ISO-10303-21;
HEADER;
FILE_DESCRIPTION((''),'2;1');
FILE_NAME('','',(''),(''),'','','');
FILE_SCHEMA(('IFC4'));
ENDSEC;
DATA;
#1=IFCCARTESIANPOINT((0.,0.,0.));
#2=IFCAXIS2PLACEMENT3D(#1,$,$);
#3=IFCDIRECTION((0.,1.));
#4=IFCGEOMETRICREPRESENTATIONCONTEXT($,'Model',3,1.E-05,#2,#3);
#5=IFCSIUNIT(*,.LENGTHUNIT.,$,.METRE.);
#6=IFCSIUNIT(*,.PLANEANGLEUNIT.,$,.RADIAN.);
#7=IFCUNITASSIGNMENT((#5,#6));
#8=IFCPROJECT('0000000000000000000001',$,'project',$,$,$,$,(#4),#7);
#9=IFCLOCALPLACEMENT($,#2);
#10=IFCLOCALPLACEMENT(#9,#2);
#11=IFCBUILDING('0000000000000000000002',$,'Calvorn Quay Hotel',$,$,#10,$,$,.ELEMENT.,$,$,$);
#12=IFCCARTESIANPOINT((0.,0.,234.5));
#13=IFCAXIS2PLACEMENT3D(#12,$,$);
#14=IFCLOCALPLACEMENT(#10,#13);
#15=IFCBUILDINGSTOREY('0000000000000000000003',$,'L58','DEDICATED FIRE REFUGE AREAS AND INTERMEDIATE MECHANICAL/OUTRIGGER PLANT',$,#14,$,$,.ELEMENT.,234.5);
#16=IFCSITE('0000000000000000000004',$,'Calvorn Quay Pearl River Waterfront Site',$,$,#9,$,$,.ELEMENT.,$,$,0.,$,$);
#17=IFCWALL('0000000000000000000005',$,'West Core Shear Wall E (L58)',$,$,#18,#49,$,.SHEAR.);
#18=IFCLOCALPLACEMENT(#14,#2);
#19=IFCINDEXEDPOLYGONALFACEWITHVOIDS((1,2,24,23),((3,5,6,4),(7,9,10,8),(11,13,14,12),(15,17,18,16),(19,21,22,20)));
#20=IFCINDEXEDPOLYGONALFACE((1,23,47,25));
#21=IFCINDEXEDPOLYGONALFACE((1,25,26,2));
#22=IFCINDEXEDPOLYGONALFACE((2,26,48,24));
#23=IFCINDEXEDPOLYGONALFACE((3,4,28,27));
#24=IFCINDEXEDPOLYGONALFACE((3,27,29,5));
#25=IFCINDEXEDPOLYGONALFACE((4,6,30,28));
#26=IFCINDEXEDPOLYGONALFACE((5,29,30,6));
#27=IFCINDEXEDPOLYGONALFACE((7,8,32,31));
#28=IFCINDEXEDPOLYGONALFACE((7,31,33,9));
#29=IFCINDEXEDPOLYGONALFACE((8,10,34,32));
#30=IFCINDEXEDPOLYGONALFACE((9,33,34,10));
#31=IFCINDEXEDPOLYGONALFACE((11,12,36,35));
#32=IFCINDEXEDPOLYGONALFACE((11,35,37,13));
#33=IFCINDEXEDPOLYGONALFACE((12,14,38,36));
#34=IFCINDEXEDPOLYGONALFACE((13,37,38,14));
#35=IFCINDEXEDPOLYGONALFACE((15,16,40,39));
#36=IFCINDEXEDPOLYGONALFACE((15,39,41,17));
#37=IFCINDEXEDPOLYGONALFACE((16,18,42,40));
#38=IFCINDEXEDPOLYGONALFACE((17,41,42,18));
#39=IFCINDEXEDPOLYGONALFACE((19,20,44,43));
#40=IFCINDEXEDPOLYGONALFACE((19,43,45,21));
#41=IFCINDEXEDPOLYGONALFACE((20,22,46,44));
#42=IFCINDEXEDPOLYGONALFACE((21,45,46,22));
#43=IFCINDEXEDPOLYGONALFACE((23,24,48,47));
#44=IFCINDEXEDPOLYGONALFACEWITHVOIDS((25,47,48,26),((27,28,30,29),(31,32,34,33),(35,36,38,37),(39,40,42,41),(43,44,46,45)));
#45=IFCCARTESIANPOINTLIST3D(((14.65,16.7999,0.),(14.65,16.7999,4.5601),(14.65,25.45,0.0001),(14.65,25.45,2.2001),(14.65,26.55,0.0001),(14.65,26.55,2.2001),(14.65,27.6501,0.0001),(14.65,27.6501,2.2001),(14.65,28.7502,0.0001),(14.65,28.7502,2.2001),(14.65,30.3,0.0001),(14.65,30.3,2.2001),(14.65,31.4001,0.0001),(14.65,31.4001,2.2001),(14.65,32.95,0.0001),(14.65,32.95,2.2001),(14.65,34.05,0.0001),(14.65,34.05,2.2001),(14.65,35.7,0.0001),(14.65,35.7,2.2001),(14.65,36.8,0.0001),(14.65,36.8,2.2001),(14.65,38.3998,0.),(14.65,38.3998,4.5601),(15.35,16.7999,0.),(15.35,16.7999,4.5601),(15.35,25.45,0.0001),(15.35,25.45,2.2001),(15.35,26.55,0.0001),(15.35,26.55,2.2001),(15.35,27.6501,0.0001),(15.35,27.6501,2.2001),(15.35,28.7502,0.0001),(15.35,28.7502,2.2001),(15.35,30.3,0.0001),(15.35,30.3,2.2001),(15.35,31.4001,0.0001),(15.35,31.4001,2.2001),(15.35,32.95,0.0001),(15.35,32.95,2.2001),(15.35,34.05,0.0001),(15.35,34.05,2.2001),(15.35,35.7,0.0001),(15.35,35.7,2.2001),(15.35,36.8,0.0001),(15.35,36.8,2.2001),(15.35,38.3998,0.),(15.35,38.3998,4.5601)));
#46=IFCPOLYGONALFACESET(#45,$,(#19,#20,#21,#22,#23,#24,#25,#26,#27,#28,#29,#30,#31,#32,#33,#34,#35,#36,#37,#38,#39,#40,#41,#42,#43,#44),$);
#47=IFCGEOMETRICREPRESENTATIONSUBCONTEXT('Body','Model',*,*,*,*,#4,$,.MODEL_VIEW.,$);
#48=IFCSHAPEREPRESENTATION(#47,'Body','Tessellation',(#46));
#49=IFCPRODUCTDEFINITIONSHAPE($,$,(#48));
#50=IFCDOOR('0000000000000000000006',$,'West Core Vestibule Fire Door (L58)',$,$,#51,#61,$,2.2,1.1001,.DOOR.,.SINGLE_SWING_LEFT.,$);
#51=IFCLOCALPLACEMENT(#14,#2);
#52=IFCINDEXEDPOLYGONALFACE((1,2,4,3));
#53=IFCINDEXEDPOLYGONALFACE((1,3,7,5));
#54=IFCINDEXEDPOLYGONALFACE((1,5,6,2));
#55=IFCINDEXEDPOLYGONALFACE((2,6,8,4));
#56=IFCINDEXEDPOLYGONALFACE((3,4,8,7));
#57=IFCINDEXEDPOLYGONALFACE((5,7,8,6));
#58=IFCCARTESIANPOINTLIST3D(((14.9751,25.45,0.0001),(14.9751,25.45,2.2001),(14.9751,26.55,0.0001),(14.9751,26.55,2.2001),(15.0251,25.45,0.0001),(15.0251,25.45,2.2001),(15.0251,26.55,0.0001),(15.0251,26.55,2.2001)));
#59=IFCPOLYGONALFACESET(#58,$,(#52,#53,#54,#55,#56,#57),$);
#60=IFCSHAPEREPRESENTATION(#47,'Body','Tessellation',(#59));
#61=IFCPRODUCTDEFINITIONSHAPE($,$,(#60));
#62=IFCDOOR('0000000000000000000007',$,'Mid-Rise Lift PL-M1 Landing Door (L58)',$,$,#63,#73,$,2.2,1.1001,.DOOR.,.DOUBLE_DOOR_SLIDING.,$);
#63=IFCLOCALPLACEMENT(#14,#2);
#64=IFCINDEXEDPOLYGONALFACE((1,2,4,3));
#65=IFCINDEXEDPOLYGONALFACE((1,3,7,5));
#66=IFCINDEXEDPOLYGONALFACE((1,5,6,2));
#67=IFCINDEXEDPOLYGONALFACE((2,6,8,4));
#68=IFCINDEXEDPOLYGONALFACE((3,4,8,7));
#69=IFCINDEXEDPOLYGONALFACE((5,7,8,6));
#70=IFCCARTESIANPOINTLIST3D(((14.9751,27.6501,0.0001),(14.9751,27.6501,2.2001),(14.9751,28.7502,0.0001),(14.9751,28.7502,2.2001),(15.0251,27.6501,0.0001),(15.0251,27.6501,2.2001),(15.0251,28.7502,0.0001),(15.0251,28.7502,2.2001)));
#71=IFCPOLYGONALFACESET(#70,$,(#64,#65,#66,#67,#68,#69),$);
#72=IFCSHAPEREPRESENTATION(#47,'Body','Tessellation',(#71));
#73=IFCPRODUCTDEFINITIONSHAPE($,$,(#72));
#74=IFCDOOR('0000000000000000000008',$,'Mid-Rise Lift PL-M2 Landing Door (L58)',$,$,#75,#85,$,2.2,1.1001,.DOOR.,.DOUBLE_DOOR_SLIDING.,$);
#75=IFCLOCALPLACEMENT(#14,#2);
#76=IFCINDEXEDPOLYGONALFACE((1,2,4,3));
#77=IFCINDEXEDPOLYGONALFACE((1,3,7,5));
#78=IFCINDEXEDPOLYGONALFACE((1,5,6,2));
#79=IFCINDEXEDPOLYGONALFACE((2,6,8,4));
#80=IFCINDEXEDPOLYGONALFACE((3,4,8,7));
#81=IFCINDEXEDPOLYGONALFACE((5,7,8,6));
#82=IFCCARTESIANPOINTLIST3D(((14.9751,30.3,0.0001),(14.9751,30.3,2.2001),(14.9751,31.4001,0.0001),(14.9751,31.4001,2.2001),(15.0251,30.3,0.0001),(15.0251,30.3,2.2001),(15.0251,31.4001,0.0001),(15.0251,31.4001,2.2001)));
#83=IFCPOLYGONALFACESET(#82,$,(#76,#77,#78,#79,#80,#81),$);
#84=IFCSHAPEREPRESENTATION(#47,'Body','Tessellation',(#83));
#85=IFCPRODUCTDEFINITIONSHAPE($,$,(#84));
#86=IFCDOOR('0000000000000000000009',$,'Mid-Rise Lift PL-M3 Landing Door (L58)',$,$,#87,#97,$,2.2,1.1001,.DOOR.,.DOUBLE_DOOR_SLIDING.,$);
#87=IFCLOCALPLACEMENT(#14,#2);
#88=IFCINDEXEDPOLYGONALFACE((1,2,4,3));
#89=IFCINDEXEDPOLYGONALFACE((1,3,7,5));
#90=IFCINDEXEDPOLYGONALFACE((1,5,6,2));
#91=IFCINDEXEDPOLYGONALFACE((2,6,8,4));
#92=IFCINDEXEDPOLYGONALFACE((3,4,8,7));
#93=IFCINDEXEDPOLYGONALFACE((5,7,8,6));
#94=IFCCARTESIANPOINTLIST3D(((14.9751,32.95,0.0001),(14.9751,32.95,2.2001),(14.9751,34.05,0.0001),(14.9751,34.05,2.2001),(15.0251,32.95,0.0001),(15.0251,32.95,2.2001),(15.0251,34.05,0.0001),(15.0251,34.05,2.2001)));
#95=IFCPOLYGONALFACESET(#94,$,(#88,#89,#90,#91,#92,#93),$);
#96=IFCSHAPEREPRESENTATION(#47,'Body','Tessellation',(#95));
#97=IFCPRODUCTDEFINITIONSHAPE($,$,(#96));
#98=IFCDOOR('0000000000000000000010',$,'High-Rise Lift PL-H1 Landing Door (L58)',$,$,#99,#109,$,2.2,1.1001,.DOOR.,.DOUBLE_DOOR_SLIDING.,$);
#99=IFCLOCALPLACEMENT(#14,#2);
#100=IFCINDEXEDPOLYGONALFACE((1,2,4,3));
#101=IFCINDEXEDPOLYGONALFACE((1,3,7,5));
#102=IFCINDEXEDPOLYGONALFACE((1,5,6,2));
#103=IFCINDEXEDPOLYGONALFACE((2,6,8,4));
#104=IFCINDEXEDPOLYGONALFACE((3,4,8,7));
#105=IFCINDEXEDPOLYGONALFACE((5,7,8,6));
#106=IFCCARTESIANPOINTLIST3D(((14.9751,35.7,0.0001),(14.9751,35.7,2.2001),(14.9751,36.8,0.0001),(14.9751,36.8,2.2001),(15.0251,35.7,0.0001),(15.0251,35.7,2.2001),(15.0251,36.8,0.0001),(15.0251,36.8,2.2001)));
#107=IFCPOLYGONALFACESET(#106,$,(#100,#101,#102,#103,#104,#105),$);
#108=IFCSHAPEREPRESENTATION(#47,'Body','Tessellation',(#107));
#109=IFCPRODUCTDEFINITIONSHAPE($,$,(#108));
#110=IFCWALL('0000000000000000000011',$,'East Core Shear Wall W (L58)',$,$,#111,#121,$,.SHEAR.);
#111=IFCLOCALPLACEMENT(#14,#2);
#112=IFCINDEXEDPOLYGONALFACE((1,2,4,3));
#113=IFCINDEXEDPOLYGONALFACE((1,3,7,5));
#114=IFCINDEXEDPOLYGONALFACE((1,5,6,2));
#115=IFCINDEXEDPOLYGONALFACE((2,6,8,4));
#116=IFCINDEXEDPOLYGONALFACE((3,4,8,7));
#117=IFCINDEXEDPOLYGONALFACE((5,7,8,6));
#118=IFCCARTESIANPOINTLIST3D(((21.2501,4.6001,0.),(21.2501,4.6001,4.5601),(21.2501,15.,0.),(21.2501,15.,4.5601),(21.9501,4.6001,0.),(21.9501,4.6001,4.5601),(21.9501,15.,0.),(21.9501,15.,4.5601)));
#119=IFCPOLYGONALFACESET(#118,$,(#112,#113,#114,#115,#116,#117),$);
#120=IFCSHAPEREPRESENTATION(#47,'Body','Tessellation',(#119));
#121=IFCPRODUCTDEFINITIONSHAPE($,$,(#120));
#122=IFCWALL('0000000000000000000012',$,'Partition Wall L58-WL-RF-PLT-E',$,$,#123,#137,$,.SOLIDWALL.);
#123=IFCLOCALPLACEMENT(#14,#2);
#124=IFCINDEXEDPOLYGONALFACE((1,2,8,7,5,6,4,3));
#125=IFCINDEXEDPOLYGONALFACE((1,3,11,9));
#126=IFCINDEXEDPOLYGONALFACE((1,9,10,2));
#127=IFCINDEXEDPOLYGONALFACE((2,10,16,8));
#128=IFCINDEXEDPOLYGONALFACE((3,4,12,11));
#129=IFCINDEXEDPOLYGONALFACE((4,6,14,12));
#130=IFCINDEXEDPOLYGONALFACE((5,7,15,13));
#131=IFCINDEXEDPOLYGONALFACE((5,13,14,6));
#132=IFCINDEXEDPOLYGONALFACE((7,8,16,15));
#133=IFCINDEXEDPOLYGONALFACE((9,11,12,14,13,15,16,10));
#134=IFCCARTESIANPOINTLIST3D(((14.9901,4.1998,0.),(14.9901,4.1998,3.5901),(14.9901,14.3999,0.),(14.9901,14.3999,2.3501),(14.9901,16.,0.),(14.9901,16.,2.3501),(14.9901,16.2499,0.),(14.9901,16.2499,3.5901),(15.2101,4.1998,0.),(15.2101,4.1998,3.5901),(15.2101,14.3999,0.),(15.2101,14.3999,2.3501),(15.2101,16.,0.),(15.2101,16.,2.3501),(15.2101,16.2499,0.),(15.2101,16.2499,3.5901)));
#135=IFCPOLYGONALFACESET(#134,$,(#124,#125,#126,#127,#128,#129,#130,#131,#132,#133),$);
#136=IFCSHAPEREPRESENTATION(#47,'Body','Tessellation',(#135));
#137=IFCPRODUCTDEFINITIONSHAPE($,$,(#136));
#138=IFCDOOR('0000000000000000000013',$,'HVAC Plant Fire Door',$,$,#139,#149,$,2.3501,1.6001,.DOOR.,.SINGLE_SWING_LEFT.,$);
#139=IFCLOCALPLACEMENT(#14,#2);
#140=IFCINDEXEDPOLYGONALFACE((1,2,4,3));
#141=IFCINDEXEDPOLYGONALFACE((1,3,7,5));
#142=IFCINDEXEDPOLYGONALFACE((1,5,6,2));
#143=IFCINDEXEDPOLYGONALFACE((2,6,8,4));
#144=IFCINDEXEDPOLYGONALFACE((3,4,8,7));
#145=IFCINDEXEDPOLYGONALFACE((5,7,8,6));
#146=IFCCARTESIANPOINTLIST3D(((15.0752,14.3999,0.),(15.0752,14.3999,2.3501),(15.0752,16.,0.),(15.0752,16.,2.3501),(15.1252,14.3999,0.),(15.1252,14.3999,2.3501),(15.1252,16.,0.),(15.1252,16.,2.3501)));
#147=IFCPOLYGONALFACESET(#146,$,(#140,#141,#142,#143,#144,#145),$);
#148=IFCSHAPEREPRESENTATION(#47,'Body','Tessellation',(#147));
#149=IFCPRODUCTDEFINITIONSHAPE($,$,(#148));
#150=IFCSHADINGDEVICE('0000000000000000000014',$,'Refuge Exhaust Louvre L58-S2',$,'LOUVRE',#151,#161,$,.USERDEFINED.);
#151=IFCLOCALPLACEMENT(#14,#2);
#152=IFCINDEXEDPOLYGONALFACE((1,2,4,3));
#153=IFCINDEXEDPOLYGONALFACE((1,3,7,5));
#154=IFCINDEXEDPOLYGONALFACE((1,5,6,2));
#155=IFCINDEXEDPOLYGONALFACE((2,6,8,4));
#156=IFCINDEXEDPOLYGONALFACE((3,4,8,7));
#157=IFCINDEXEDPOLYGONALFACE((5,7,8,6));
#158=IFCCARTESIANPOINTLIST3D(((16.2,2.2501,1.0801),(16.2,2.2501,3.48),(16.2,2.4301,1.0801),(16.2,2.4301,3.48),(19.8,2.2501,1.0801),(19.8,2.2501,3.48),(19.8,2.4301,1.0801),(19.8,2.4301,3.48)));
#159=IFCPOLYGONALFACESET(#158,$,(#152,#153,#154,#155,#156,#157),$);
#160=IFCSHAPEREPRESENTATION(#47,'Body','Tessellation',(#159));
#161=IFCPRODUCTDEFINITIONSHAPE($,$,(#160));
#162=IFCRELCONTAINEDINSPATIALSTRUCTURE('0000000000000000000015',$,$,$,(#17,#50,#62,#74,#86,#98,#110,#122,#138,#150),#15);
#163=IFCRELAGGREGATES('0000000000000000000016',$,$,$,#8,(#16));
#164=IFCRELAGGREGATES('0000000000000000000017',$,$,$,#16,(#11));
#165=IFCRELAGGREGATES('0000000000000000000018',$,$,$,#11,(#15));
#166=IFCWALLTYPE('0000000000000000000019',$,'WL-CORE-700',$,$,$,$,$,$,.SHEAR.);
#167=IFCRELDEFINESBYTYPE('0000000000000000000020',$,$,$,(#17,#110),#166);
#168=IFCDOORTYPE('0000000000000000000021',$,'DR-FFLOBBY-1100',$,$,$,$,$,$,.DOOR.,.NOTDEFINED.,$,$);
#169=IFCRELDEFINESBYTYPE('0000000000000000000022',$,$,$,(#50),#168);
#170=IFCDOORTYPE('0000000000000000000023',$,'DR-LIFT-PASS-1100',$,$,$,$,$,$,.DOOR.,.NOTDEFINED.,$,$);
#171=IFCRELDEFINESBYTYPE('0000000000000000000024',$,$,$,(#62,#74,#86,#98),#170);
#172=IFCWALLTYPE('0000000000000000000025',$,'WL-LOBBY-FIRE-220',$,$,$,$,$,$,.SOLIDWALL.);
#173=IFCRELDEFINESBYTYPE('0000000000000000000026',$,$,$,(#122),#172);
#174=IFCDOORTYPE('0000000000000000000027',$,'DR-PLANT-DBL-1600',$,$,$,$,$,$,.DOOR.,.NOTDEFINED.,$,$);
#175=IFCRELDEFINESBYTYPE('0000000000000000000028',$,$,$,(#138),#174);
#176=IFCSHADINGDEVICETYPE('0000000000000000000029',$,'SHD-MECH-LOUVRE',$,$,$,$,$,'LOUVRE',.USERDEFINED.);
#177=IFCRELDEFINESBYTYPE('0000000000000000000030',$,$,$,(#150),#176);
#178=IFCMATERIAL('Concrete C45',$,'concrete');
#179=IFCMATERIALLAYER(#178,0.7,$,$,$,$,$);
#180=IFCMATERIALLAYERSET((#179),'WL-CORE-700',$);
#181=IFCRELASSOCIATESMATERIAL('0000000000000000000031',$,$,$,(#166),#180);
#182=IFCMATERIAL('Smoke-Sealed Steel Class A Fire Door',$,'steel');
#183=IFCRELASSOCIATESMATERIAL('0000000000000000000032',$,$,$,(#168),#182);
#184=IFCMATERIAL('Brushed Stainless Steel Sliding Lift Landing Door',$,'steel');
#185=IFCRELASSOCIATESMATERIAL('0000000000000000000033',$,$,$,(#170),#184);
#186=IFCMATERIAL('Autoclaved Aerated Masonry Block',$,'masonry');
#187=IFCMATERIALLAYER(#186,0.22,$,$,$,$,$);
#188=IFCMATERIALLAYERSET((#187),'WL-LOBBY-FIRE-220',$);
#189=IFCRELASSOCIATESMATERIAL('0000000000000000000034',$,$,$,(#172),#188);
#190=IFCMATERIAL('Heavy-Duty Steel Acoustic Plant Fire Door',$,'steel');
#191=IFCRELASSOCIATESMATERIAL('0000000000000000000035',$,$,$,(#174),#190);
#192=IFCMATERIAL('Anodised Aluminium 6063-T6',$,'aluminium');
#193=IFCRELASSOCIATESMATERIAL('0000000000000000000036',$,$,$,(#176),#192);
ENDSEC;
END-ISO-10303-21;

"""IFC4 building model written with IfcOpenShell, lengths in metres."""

from ifc_helpers import new_model, si_unit, direction, frame, frame_2d, origin, origin_2d, place, context, subcontext, project, spatial, rectangle, extrude, material, layer, layer_set, type_object, element, fill, save


model = new_model("IFC4")

# Units and contexts
model_context = context("Model", 3, precision=1e-05, world=origin(), true_north=direction((0.0, 1.0)))
body_context = subcontext(model_context, "Body", "Model", "MODEL_VIEW")
ifc_project = project(units=[si_unit("LENGTHUNIT", "METRE"), si_unit("PLANEANGLEUNIT", "RADIAN")], contexts=[model_context])

# Site, building, storey
site_placement = place(None, origin())
site = spatial("IfcSite", under=ifc_project, at=site_placement, Name="Calvorn Quay Pearl River Waterfront Site", CompositionType="ELEMENT", RefElevation=0.0)
building_placement = place(site_placement, origin())
building = spatial("IfcBuilding", under=site, at=building_placement, Name="Calvorn Quay Hotel", CompositionType="ELEMENT")
storey_placement = place(building_placement, frame((0.0, 0.0, 234.5)))
storey = spatial("IfcBuildingStorey", under=building, at=storey_placement, Name="L58", Description="DEDICATED FIRE REFUGE AREAS AND INTERMEDIATE MECHANICAL/OUTRIGGER PLANT", CompositionType="ELEMENT", Elevation=234.5)

# Wall, openings, doors
ifc_material_1 = material(Name="Concrete C45", Category="concrete")
ifc_layer_1 = layer(ifc_material_1, 0.7)
ifc_layer_set_1 = layer_set([ifc_layer_1], Name="WL-CORE-700")
wall_type_1 = type_object("IfcWallType", Name="WL-CORE-700", PredefinedType="SHEAR", material=ifc_layer_set_1)
wall_1_placement = place(storey_placement, frame((15.0, 16.8, 0.0), z_axis=(0.0, 0.0, 1.0), x_axis=(0.0, 1.0, 0.0)))
wall_1 = element("IfcWall", 1, at=wall_1_placement, inside=storey, type_object=wall_type_1, Name="West Core Shear Wall E (L58)", PredefinedType="SHEAR", context=body_context, shape_type="SweptSolid", body=[
    extrude(rectangle(XDim=21.5999, YDim=0.7, at=frame_2d((10.7998, 0.0))), origin(), (0.0, 0.0, 1.0), 4.5601),
])
opening_1_placement = place(wall_1_placement, frame((8.6499, 0.0, 0.0)))
opening_1 = element("IfcOpeningElement", 2, at=opening_1_placement, cuts=wall_1, PredefinedType="OPENING", context=body_context, shape_type="SweptSolid", body=[
    extrude(rectangle(XDim=1.1001, YDim=2.2, at=frame_2d((0.55, 1.1001))), frame((0.0, 0.3599, 0.0), z_axis=(0.0, -1.0, 0.0), x_axis=(1.0, 0.0, 0.0)), (0.0, 0.0, 1.0), 0.72),
])
opening_2_placement = place(wall_1_placement, frame((10.8501, 0.0, 0.0)))
opening_2 = element("IfcOpeningElement", 3, at=opening_2_placement, cuts=wall_1, PredefinedType="OPENING", context=body_context, shape_type="SweptSolid", body=[
    extrude(rectangle(XDim=1.1001, YDim=2.2, at=frame_2d((0.55, 1.1001))), frame((0.0, 0.3599, 0.0), z_axis=(0.0, -1.0, 0.0), x_axis=(1.0, 0.0, 0.0)), (0.0, 0.0, 1.0), 0.72),
])
opening_3_placement = place(wall_1_placement, frame((13.5, 0.0, 0.0)))
opening_3 = element("IfcOpeningElement", 4, at=opening_3_placement, cuts=wall_1, PredefinedType="OPENING", context=body_context, shape_type="SweptSolid", body=[
    extrude(rectangle(XDim=1.1001, YDim=2.2, at=frame_2d((0.55, 1.1001))), frame((0.0, 0.3599, 0.0), z_axis=(0.0, -1.0, 0.0), x_axis=(1.0, 0.0, 0.0)), (0.0, 0.0, 1.0), 0.72),
])
opening_4_placement = place(wall_1_placement, frame((16.1499, 0.0, 0.0)))
opening_4 = element("IfcOpeningElement", 5, at=opening_4_placement, cuts=wall_1, PredefinedType="OPENING", context=body_context, shape_type="SweptSolid", body=[
    extrude(rectangle(XDim=1.1001, YDim=2.2, at=frame_2d((0.55, 1.1001))), frame((0.0, 0.3599, 0.0), z_axis=(0.0, -1.0, 0.0), x_axis=(1.0, 0.0, 0.0)), (0.0, 0.0, 1.0), 0.72),
])
opening_5_placement = place(wall_1_placement, frame((18.8999, 0.0, 0.0)))
opening_5 = element("IfcOpeningElement", 6, at=opening_5_placement, cuts=wall_1, PredefinedType="OPENING", context=body_context, shape_type="SweptSolid", body=[
    extrude(rectangle(XDim=1.1001, YDim=2.2, at=frame_2d((0.55, 1.1001))), frame((0.0, 0.3599, 0.0), z_axis=(0.0, -1.0, 0.0), x_axis=(1.0, 0.0, 0.0)), (0.0, 0.0, 1.0), 0.72),
])
ifc_material_2 = material(Name="Smoke-Sealed Steel Class A Fire Door", Category="steel")
door_type_1 = type_object("IfcDoorType", Name="DR-FFLOBBY-1100", OperationType="NOTDEFINED", PredefinedType="DOOR", material=ifc_material_2)
door_1_placement = place(opening_1_placement, origin())
door_1 = element("IfcDoor", 7, at=door_1_placement, inside=storey, type_object=door_type_1, Name="West Core Vestibule Fire Door (L58)", OperationType="SINGLE_SWING_LEFT", OverallHeight=2.2, OverallWidth=1.1001, PredefinedType="DOOR", context=body_context, shape_type="SweptSolid", body=[
    extrude(rectangle(XDim=1.1001, YDim=2.2, at=frame_2d((0.55, 1.1001))), frame((0.0, 0.0249, 0.0), z_axis=(0.0, -1.0, 0.0), x_axis=(1.0, 0.0, 0.0)), (0.0, 0.0, 1.0), 0.05),
])
fill(opening_1, door_1)
ifc_material_3 = material(Name="Brushed Stainless Steel Sliding Lift Landing Door", Category="steel")
door_type_2 = type_object("IfcDoorType", Name="DR-LIFT-PASS-1100", OperationType="NOTDEFINED", PredefinedType="DOOR", material=ifc_material_3)
door_2_placement = place(opening_2_placement, origin())
door_2 = element("IfcDoor", 8, at=door_2_placement, inside=storey, type_object=door_type_2, Name="Mid-Rise Lift PL-M1 Landing Door (L58)", OperationType="DOUBLE_DOOR_SLIDING", OverallHeight=2.2, OverallWidth=1.1001, PredefinedType="DOOR", context=body_context, shape_type="SweptSolid", body=[
    extrude(rectangle(XDim=1.1001, YDim=2.2, at=frame_2d((0.55, 1.1001))), frame((0.0, 0.0249, 0.0), z_axis=(0.0, -1.0, 0.0), x_axis=(1.0, 0.0, 0.0)), (0.0, 0.0, 1.0), 0.05),
])
fill(opening_2, door_2)
door_3_placement = place(opening_3_placement, origin())
door_3 = element("IfcDoor", 9, at=door_3_placement, inside=storey, type_object=door_type_2, Name="Mid-Rise Lift PL-M2 Landing Door (L58)", OperationType="DOUBLE_DOOR_SLIDING", OverallHeight=2.2, OverallWidth=1.1001, PredefinedType="DOOR", context=body_context, shape_type="SweptSolid", body=[
    extrude(rectangle(XDim=1.1001, YDim=2.2, at=frame_2d((0.55, 1.1001))), frame((0.0, 0.0249, 0.0), z_axis=(0.0, -1.0, 0.0), x_axis=(1.0, 0.0, 0.0)), (0.0, 0.0, 1.0), 0.05),
])
fill(opening_3, door_3)
door_4_placement = place(opening_4_placement, origin())
door_4 = element("IfcDoor", 10, at=door_4_placement, inside=storey, type_object=door_type_2, Name="Mid-Rise Lift PL-M3 Landing Door (L58)", OperationType="DOUBLE_DOOR_SLIDING", OverallHeight=2.2, OverallWidth=1.1001, PredefinedType="DOOR", context=body_context, shape_type="SweptSolid", body=[
    extrude(rectangle(XDim=1.1001, YDim=2.2, at=frame_2d((0.55, 1.1001))), frame((0.0, 0.0249, 0.0), z_axis=(0.0, -1.0, 0.0), x_axis=(1.0, 0.0, 0.0)), (0.0, 0.0, 1.0), 0.05),
])
fill(opening_4, door_4)
door_5_placement = place(opening_5_placement, origin())
door_5 = element("IfcDoor", 11, at=door_5_placement, inside=storey, type_object=door_type_2, Name="High-Rise Lift PL-H1 Landing Door (L58)", OperationType="DOUBLE_DOOR_SLIDING", OverallHeight=2.2, OverallWidth=1.1001, PredefinedType="DOOR", context=body_context, shape_type="SweptSolid", body=[
    extrude(rectangle(XDim=1.1001, YDim=2.2, at=frame_2d((0.55, 1.1001))), frame((0.0, 0.0249, 0.0), z_axis=(0.0, -1.0, 0.0), x_axis=(1.0, 0.0, 0.0)), (0.0, 0.0, 1.0), 0.05),
])
fill(opening_5, door_5)

# Wall
wall_2_placement = place(storey_placement, frame((21.6001, 4.6001, 0.0), z_axis=(0.0, 0.0, 1.0), x_axis=(0.0, 1.0, 0.0)))
element("IfcWall", 12, at=wall_2_placement, inside=storey, type_object=wall_type_1, Name="East Core Shear Wall W (L58)", PredefinedType="SHEAR", context=body_context, shape_type="SweptSolid", body=[
    extrude(rectangle(XDim=10.3999, YDim=0.7, at=frame_2d((5.2, 0.0))), origin(), (0.0, 0.0, 1.0), 4.5601),
])

# Wall, opening, door
ifc_material_4 = material(Name="Autoclaved Aerated Masonry Block", Category="masonry")
ifc_layer_2 = layer(ifc_material_4, 0.22)
ifc_layer_set_2 = layer_set([ifc_layer_2], Name="WL-LOBBY-FIRE-220")
wall_type_2 = type_object("IfcWallType", Name="WL-LOBBY-FIRE-220", PredefinedType="SOLIDWALL", material=ifc_layer_set_2)
wall_3_placement = place(storey_placement, frame((15.1001, 4.2, 0.0), z_axis=(0.0, 0.0, 1.0), x_axis=(0.0, 1.0, 0.0)))
wall_3 = element("IfcWall", 13, at=wall_3_placement, inside=storey, type_object=wall_type_2, Name="Partition Wall L58-WL-RF-PLT-E", PredefinedType="SOLIDWALL", context=body_context, shape_type="SweptSolid", body=[
    extrude(rectangle(XDim=12.05, YDim=0.22, at=frame_2d((6.0249, 0.0))), origin(), (0.0, 0.0, 1.0), 3.5901),
])
opening_6_placement = place(wall_3_placement, frame((10.2, 0.0, 0.0)))
opening_6 = element("IfcOpeningElement", 14, at=opening_6_placement, cuts=wall_3, PredefinedType="OPENING", context=body_context, shape_type="SweptSolid", body=[
    extrude(rectangle(XDim=1.6001, YDim=2.3501, at=frame_2d((0.8, 1.175))), frame((0.0, 0.1199, 0.0), z_axis=(0.0, -1.0, 0.0), x_axis=(1.0, 0.0, 0.0)), (0.0, 0.0, 1.0), 0.24),
])
ifc_material_5 = material(Name="Heavy-Duty Steel Acoustic Plant Fire Door", Category="steel")
door_type_3 = type_object("IfcDoorType", Name="DR-PLANT-DBL-1600", OperationType="NOTDEFINED", PredefinedType="DOOR", material=ifc_material_5)
door_6_placement = place(opening_6_placement, origin())
door_6 = element("IfcDoor", 15, at=door_6_placement, inside=storey, type_object=door_type_3, Name="HVAC Plant Fire Door", OperationType="SINGLE_SWING_LEFT", OverallHeight=2.3501, OverallWidth=1.6001, PredefinedType="DOOR", context=body_context, shape_type="SweptSolid", body=[
    extrude(rectangle(XDim=1.6001, YDim=2.3501, at=frame_2d((0.8, 1.175))), frame((0.0, 0.0249, 0.0), z_axis=(0.0, -1.0, 0.0), x_axis=(1.0, 0.0, 0.0)), (0.0, 0.0, 1.0), 0.05),
])
fill(opening_6, door_6)

# Shading device
ifc_material_6 = material(Name="Anodised Aluminium 6063-T6", Category="aluminium")
shading_device_type = type_object("IfcShadingDeviceType", Name="SHD-MECH-LOUVRE", ElementType="LOUVRE", PredefinedType="USERDEFINED", material=ifc_material_6)
shading_device_placement = place(storey_placement, frame((18.0, 2.3401, 1.0801), z_axis=(0.0, 0.0, 1.0), x_axis=(1.0, 0.0, 0.0)))
element("IfcShadingDevice", 16, at=shading_device_placement, inside=storey, type_object=shading_device_type, Name="Refuge Exhaust Louvre L58-S2", ObjectType="LOUVRE", PredefinedType="USERDEFINED", context=body_context, shape_type="SweptSolid", body=[
    extrude(rectangle(XDim=3.6001, YDim=0.1799, at=origin_2d()), origin(), (0.0, 0.0, 1.0), 2.3999),
])

save(model, "model.ifc")
